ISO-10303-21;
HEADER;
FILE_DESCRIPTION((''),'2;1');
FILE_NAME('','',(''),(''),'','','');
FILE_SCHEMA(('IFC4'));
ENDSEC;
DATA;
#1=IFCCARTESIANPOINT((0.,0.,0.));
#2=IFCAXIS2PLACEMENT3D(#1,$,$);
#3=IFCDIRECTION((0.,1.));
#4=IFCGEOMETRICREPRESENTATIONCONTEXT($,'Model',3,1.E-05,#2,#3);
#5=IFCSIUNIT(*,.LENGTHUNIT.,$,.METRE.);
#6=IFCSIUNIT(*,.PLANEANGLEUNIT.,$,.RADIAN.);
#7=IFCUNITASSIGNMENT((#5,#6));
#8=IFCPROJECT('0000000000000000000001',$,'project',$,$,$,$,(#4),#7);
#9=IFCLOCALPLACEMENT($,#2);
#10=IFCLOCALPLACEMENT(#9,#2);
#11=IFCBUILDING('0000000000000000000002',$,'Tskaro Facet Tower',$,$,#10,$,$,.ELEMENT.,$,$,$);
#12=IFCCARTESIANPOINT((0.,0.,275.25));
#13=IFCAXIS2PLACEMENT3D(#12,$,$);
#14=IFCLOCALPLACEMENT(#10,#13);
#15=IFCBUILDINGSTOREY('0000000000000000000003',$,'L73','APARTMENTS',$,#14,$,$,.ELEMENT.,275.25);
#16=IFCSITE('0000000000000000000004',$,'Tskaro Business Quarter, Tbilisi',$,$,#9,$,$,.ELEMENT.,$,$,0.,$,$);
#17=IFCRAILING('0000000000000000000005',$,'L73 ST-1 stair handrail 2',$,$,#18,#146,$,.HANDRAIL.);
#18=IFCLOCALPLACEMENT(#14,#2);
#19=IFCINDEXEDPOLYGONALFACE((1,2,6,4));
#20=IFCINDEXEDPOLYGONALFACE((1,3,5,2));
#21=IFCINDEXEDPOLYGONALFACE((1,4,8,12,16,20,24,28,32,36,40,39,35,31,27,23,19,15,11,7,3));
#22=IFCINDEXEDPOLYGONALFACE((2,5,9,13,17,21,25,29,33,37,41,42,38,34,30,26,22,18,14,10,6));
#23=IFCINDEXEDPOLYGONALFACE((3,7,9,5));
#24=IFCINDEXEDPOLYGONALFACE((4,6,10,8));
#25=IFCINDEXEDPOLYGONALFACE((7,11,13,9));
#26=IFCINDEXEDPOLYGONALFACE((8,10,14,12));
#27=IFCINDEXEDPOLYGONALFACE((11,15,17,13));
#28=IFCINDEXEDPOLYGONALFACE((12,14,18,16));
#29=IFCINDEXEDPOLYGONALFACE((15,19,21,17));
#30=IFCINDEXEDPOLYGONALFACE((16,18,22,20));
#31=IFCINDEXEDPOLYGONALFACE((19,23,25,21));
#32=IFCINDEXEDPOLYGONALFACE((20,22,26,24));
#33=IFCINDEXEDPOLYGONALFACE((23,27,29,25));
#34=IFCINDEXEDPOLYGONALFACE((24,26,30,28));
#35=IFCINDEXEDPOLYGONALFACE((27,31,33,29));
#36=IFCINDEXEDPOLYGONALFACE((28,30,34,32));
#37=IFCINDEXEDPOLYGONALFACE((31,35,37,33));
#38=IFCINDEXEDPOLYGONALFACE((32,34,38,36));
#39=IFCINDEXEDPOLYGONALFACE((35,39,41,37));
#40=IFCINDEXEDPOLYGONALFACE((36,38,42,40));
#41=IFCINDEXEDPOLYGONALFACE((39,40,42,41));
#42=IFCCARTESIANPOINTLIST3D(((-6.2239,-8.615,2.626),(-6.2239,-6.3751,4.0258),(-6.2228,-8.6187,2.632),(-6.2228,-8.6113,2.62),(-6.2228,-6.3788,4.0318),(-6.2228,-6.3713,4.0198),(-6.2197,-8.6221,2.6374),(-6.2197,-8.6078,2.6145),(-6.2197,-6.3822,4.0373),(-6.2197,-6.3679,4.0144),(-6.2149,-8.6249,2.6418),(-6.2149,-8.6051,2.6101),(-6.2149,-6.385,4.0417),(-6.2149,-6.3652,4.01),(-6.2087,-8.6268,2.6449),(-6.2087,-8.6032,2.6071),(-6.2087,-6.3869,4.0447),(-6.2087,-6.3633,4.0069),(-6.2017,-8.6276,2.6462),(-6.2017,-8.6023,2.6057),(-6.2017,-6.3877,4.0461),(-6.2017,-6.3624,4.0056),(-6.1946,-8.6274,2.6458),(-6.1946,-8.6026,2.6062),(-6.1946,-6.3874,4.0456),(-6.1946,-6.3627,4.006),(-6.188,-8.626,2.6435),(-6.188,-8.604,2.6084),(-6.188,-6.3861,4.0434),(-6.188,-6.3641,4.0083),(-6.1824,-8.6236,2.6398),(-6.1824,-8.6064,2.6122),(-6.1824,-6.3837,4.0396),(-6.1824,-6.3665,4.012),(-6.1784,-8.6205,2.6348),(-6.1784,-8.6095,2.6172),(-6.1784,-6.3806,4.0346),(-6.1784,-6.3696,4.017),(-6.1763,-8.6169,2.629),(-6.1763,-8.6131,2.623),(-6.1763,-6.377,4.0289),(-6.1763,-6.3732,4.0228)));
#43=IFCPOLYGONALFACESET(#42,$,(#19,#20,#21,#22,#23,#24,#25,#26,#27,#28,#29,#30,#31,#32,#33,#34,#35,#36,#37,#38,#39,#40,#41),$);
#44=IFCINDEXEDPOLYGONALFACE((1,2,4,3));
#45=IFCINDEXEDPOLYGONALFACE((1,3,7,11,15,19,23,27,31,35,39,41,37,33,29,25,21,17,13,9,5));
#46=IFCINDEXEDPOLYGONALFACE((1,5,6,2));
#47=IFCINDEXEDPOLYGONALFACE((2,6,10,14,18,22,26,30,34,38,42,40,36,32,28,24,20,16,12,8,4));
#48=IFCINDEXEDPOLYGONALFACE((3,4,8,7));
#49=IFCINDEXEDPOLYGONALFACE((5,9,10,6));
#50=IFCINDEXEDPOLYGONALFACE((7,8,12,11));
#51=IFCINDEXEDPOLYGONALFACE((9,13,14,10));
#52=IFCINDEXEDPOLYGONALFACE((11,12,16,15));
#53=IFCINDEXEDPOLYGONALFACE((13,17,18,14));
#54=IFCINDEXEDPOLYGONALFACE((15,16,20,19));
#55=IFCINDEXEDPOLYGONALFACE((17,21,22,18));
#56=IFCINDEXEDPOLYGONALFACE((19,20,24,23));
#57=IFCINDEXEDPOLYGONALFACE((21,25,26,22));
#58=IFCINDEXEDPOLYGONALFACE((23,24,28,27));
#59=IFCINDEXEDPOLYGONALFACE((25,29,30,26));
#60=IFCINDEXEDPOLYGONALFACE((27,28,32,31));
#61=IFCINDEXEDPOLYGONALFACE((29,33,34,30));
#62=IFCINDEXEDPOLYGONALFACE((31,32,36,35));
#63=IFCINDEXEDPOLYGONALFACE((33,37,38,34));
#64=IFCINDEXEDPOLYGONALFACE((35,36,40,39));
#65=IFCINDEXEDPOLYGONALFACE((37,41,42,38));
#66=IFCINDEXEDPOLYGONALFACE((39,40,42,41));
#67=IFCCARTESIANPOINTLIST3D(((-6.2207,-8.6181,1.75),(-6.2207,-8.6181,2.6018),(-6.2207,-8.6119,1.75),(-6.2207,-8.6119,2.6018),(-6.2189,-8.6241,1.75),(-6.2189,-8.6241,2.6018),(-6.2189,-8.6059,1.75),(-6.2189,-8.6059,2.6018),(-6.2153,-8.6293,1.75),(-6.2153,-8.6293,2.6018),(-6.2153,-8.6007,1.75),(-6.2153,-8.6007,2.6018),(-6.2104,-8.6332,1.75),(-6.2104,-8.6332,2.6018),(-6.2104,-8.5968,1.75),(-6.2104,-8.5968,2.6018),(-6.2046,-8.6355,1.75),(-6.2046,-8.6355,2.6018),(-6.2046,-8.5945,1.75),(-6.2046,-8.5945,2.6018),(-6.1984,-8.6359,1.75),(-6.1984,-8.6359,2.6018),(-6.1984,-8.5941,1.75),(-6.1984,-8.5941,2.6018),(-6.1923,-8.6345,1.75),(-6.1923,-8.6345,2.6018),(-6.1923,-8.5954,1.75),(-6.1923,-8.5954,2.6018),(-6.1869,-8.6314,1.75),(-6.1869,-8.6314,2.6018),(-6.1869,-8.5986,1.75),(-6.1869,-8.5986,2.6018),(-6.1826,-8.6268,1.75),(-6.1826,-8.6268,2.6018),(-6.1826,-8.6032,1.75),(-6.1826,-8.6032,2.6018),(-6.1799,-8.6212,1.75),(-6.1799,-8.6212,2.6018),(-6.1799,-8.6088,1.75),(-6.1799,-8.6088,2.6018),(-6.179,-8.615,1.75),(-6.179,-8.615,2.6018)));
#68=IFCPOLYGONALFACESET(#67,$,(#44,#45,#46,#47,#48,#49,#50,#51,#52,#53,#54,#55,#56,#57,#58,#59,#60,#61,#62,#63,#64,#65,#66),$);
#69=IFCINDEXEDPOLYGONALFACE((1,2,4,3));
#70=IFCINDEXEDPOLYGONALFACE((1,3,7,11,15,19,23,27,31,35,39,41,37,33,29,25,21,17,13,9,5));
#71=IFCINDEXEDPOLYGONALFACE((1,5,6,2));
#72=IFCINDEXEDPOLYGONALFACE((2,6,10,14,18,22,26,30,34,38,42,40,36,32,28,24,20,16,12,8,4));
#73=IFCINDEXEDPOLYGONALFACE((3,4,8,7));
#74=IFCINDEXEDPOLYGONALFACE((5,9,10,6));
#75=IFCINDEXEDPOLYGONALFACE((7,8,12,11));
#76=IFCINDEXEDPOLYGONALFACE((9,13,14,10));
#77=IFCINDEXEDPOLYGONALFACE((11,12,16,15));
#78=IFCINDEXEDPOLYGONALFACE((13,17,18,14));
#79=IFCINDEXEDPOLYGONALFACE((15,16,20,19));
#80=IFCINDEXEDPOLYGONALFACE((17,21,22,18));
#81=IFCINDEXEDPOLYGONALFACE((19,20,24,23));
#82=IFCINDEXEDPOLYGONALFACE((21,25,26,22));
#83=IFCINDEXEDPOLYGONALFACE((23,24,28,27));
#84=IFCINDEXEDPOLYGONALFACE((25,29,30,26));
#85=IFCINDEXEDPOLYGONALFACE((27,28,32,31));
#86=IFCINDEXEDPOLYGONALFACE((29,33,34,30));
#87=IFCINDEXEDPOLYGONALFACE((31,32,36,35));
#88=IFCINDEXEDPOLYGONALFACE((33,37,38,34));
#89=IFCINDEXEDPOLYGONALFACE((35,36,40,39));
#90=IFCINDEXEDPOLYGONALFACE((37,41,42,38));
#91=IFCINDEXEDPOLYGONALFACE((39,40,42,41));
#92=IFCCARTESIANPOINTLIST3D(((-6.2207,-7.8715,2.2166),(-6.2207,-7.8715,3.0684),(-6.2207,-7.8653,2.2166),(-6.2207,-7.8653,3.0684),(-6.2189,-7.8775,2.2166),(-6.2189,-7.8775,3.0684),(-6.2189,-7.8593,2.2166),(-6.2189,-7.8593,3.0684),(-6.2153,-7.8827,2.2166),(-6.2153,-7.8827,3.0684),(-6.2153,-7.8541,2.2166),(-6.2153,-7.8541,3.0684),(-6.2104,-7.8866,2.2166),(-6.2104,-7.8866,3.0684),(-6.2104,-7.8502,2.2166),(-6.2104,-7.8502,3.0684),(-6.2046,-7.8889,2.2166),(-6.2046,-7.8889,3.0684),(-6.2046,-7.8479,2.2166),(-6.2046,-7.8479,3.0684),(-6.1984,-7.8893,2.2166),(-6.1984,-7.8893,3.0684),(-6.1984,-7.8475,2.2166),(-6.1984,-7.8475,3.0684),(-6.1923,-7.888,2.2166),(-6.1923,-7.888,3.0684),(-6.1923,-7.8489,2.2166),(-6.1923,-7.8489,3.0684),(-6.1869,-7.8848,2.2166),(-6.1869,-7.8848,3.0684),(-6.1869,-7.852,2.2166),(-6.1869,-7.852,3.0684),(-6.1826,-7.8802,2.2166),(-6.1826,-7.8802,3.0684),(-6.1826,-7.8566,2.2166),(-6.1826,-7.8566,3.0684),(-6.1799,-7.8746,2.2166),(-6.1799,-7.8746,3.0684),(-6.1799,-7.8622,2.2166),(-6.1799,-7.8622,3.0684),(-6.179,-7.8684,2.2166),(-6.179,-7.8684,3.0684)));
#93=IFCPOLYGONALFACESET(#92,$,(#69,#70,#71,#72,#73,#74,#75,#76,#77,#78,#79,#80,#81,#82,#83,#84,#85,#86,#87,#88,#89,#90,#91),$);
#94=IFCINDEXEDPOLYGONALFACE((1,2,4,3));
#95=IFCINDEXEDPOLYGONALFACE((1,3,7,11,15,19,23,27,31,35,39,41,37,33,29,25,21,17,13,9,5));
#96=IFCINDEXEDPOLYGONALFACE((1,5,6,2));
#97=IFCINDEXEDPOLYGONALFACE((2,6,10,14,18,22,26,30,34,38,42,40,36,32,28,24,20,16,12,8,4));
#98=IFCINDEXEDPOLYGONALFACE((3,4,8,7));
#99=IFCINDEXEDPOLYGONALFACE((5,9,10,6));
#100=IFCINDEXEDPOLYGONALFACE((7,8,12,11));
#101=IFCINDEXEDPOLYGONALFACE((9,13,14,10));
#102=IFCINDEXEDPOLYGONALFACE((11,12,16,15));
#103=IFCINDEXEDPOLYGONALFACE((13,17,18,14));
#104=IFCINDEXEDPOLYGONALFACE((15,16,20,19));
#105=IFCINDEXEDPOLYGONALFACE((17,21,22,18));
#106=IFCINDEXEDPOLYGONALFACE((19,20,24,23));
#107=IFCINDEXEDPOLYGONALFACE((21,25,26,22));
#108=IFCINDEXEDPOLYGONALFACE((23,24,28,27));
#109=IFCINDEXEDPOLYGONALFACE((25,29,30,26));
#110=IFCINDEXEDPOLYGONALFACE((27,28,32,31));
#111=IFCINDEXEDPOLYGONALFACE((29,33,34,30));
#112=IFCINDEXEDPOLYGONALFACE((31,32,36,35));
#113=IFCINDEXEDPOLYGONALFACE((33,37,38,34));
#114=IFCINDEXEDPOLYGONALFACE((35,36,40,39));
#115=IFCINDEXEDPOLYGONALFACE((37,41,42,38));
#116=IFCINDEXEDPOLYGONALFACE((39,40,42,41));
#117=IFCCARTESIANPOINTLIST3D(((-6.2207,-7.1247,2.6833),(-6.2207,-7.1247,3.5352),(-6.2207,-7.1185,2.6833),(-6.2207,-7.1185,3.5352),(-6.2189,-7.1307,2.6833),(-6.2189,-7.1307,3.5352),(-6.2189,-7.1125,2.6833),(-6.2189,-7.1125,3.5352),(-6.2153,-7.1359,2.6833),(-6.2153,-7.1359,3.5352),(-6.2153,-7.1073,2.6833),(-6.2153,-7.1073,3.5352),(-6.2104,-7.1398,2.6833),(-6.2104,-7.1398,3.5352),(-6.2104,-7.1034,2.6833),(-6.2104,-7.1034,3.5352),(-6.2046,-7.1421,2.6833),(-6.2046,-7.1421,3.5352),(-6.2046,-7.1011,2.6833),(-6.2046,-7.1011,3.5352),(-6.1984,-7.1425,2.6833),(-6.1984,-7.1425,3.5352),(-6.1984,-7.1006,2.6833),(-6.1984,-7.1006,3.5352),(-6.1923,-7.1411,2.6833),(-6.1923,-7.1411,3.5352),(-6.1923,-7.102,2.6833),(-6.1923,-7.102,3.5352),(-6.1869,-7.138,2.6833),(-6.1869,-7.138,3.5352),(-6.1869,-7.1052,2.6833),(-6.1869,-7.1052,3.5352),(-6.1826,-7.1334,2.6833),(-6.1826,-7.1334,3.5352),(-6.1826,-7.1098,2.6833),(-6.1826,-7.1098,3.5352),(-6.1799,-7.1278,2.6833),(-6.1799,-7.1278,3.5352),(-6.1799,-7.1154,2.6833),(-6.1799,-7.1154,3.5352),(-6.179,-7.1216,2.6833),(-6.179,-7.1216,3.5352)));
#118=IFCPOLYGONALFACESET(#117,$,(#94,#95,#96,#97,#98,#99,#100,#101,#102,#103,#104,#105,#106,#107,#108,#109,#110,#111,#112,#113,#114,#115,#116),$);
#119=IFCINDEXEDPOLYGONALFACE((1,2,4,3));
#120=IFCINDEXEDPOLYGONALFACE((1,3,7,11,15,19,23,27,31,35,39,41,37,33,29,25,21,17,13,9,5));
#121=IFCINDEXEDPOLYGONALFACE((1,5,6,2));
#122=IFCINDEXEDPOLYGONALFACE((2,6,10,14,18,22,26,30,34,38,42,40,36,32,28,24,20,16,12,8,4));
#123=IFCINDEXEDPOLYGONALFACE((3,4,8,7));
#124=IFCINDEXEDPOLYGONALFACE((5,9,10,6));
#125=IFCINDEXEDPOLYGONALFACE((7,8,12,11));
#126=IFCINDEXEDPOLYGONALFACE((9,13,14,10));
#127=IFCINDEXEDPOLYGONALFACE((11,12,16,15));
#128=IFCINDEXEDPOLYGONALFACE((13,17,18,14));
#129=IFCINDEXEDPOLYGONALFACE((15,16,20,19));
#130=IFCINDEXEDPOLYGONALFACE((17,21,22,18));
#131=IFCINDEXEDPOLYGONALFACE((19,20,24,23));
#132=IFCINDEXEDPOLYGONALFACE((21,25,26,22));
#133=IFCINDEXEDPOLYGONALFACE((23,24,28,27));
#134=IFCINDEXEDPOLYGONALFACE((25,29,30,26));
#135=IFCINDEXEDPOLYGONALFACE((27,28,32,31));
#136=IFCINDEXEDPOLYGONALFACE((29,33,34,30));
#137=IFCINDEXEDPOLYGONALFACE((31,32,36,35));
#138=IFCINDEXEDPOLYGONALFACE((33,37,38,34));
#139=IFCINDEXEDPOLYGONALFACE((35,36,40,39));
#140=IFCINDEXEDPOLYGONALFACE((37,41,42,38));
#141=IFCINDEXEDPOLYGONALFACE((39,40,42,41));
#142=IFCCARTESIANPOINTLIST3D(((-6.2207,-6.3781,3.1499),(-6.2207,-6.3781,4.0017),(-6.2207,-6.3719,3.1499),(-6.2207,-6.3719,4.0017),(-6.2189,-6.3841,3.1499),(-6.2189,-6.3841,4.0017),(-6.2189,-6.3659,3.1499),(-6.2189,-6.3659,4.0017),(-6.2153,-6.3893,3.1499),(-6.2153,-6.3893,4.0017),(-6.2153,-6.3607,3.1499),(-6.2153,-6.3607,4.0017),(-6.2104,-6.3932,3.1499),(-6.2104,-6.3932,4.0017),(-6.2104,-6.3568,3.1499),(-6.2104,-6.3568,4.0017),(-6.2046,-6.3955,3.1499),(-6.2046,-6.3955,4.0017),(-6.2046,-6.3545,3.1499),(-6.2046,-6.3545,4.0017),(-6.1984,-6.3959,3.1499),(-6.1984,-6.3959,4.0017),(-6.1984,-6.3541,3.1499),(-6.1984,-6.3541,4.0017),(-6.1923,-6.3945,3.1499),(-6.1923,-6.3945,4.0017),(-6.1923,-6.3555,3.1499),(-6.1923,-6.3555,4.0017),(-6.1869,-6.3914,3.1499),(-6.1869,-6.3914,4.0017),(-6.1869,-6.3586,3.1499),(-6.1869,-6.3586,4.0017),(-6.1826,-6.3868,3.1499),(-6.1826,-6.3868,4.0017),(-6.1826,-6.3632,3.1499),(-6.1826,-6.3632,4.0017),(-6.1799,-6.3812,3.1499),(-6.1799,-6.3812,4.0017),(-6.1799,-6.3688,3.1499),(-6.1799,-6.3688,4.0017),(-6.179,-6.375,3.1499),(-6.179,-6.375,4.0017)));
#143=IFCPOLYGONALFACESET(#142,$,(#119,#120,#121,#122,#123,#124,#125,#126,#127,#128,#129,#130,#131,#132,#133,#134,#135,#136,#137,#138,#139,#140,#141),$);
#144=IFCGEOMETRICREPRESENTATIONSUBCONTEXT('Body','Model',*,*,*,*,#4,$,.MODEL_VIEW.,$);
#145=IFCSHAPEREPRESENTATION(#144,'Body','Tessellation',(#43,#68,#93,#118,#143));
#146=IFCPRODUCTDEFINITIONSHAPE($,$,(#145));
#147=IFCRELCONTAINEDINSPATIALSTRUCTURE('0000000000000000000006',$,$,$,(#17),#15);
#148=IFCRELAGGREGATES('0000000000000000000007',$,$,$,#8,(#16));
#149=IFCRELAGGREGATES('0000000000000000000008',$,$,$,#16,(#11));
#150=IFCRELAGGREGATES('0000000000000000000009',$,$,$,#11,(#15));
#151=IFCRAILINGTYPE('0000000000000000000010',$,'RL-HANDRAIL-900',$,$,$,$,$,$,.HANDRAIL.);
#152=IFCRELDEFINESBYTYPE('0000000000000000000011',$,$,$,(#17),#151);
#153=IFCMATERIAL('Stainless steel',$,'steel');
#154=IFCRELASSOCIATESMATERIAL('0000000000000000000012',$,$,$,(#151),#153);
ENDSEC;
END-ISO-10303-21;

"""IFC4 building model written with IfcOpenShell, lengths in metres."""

from ifc_helpers import new_model, si_unit, direction, frame, origin, origin_2d, place, context, subcontext, project, spatial, circle, extrude, material, type_object, element, save


model = new_model("IFC4")

# Units and contexts
model_context = context("Model", 3, precision=1e-05, world=origin(), true_north=direction((0.0, 1.0)))
body_context = subcontext(model_context, "Body", "Model", "MODEL_VIEW")
ifc_project = project(units=[si_unit("LENGTHUNIT", "METRE"), si_unit("PLANEANGLEUNIT", "RADIAN")], contexts=[model_context])

# Site, building, storey
site_placement = place(None, origin())
site = spatial("IfcSite", under=ifc_project, at=site_placement, Name="Tskaro Business Quarter, Tbilisi", CompositionType="ELEMENT", RefElevation=0.0)
building_placement = place(site_placement, origin())
building = spatial("IfcBuilding", under=site, at=building_placement, Name="Tskaro Facet Tower", CompositionType="ELEMENT")
storey_placement = place(building_placement, frame((0.0, 0.0, 275.25)))
storey = spatial("IfcBuildingStorey", under=building, at=storey_placement, Name="L73", Description="APARTMENTS", CompositionType="ELEMENT", Elevation=275.25)

# Shared definitions
ifc_material_1 = material(Name="Stainless steel", Category="steel")

# Railing
railing_type_1 = type_object("IfcRailingType", Name="RL-HANDRAIL-900", PredefinedType="HANDRAIL", material=ifc_material_1)
railing_1_placement = place(storey_placement, frame((-6.2, -8.615, 1.75)))
element("IfcRailing", 1, at=railing_1_placement, inside=storey, type_object=railing_type_1, Name="L73 ST-1 stair handrail 2", PredefinedType="HANDRAIL", context=body_context, shape_type="SweptSolid", body=[
    extrude(circle(Radius=0.0239, at=origin_2d()), frame((0.0, 0.0, 0.876), z_axis=(0.0, 0.848014, 0.529974), x_axis=(-1.0, 0.0, 0.0)), (0.0, 0.0, 1.0), 2.6414),
    extrude(circle(Radius=0.021, at=origin_2d()), origin(), (0.0, 0.0, 1.0), 0.8518),
    extrude(circle(Radius=0.021, at=origin_2d()), frame((0.0, 0.7466, 0.4666)), (0.0, 0.0, 1.0), 0.8518),
    extrude(circle(Radius=0.021, at=origin_2d()), frame((0.0, 1.4934, 0.9333)), (0.0, 0.0, 1.0), 0.8518),
    extrude(circle(Radius=0.021, at=origin_2d()), frame((0.0, 2.24, 1.3999)), (0.0, 0.0, 1.0), 0.8518),
])

save(model, "model.ifc")
